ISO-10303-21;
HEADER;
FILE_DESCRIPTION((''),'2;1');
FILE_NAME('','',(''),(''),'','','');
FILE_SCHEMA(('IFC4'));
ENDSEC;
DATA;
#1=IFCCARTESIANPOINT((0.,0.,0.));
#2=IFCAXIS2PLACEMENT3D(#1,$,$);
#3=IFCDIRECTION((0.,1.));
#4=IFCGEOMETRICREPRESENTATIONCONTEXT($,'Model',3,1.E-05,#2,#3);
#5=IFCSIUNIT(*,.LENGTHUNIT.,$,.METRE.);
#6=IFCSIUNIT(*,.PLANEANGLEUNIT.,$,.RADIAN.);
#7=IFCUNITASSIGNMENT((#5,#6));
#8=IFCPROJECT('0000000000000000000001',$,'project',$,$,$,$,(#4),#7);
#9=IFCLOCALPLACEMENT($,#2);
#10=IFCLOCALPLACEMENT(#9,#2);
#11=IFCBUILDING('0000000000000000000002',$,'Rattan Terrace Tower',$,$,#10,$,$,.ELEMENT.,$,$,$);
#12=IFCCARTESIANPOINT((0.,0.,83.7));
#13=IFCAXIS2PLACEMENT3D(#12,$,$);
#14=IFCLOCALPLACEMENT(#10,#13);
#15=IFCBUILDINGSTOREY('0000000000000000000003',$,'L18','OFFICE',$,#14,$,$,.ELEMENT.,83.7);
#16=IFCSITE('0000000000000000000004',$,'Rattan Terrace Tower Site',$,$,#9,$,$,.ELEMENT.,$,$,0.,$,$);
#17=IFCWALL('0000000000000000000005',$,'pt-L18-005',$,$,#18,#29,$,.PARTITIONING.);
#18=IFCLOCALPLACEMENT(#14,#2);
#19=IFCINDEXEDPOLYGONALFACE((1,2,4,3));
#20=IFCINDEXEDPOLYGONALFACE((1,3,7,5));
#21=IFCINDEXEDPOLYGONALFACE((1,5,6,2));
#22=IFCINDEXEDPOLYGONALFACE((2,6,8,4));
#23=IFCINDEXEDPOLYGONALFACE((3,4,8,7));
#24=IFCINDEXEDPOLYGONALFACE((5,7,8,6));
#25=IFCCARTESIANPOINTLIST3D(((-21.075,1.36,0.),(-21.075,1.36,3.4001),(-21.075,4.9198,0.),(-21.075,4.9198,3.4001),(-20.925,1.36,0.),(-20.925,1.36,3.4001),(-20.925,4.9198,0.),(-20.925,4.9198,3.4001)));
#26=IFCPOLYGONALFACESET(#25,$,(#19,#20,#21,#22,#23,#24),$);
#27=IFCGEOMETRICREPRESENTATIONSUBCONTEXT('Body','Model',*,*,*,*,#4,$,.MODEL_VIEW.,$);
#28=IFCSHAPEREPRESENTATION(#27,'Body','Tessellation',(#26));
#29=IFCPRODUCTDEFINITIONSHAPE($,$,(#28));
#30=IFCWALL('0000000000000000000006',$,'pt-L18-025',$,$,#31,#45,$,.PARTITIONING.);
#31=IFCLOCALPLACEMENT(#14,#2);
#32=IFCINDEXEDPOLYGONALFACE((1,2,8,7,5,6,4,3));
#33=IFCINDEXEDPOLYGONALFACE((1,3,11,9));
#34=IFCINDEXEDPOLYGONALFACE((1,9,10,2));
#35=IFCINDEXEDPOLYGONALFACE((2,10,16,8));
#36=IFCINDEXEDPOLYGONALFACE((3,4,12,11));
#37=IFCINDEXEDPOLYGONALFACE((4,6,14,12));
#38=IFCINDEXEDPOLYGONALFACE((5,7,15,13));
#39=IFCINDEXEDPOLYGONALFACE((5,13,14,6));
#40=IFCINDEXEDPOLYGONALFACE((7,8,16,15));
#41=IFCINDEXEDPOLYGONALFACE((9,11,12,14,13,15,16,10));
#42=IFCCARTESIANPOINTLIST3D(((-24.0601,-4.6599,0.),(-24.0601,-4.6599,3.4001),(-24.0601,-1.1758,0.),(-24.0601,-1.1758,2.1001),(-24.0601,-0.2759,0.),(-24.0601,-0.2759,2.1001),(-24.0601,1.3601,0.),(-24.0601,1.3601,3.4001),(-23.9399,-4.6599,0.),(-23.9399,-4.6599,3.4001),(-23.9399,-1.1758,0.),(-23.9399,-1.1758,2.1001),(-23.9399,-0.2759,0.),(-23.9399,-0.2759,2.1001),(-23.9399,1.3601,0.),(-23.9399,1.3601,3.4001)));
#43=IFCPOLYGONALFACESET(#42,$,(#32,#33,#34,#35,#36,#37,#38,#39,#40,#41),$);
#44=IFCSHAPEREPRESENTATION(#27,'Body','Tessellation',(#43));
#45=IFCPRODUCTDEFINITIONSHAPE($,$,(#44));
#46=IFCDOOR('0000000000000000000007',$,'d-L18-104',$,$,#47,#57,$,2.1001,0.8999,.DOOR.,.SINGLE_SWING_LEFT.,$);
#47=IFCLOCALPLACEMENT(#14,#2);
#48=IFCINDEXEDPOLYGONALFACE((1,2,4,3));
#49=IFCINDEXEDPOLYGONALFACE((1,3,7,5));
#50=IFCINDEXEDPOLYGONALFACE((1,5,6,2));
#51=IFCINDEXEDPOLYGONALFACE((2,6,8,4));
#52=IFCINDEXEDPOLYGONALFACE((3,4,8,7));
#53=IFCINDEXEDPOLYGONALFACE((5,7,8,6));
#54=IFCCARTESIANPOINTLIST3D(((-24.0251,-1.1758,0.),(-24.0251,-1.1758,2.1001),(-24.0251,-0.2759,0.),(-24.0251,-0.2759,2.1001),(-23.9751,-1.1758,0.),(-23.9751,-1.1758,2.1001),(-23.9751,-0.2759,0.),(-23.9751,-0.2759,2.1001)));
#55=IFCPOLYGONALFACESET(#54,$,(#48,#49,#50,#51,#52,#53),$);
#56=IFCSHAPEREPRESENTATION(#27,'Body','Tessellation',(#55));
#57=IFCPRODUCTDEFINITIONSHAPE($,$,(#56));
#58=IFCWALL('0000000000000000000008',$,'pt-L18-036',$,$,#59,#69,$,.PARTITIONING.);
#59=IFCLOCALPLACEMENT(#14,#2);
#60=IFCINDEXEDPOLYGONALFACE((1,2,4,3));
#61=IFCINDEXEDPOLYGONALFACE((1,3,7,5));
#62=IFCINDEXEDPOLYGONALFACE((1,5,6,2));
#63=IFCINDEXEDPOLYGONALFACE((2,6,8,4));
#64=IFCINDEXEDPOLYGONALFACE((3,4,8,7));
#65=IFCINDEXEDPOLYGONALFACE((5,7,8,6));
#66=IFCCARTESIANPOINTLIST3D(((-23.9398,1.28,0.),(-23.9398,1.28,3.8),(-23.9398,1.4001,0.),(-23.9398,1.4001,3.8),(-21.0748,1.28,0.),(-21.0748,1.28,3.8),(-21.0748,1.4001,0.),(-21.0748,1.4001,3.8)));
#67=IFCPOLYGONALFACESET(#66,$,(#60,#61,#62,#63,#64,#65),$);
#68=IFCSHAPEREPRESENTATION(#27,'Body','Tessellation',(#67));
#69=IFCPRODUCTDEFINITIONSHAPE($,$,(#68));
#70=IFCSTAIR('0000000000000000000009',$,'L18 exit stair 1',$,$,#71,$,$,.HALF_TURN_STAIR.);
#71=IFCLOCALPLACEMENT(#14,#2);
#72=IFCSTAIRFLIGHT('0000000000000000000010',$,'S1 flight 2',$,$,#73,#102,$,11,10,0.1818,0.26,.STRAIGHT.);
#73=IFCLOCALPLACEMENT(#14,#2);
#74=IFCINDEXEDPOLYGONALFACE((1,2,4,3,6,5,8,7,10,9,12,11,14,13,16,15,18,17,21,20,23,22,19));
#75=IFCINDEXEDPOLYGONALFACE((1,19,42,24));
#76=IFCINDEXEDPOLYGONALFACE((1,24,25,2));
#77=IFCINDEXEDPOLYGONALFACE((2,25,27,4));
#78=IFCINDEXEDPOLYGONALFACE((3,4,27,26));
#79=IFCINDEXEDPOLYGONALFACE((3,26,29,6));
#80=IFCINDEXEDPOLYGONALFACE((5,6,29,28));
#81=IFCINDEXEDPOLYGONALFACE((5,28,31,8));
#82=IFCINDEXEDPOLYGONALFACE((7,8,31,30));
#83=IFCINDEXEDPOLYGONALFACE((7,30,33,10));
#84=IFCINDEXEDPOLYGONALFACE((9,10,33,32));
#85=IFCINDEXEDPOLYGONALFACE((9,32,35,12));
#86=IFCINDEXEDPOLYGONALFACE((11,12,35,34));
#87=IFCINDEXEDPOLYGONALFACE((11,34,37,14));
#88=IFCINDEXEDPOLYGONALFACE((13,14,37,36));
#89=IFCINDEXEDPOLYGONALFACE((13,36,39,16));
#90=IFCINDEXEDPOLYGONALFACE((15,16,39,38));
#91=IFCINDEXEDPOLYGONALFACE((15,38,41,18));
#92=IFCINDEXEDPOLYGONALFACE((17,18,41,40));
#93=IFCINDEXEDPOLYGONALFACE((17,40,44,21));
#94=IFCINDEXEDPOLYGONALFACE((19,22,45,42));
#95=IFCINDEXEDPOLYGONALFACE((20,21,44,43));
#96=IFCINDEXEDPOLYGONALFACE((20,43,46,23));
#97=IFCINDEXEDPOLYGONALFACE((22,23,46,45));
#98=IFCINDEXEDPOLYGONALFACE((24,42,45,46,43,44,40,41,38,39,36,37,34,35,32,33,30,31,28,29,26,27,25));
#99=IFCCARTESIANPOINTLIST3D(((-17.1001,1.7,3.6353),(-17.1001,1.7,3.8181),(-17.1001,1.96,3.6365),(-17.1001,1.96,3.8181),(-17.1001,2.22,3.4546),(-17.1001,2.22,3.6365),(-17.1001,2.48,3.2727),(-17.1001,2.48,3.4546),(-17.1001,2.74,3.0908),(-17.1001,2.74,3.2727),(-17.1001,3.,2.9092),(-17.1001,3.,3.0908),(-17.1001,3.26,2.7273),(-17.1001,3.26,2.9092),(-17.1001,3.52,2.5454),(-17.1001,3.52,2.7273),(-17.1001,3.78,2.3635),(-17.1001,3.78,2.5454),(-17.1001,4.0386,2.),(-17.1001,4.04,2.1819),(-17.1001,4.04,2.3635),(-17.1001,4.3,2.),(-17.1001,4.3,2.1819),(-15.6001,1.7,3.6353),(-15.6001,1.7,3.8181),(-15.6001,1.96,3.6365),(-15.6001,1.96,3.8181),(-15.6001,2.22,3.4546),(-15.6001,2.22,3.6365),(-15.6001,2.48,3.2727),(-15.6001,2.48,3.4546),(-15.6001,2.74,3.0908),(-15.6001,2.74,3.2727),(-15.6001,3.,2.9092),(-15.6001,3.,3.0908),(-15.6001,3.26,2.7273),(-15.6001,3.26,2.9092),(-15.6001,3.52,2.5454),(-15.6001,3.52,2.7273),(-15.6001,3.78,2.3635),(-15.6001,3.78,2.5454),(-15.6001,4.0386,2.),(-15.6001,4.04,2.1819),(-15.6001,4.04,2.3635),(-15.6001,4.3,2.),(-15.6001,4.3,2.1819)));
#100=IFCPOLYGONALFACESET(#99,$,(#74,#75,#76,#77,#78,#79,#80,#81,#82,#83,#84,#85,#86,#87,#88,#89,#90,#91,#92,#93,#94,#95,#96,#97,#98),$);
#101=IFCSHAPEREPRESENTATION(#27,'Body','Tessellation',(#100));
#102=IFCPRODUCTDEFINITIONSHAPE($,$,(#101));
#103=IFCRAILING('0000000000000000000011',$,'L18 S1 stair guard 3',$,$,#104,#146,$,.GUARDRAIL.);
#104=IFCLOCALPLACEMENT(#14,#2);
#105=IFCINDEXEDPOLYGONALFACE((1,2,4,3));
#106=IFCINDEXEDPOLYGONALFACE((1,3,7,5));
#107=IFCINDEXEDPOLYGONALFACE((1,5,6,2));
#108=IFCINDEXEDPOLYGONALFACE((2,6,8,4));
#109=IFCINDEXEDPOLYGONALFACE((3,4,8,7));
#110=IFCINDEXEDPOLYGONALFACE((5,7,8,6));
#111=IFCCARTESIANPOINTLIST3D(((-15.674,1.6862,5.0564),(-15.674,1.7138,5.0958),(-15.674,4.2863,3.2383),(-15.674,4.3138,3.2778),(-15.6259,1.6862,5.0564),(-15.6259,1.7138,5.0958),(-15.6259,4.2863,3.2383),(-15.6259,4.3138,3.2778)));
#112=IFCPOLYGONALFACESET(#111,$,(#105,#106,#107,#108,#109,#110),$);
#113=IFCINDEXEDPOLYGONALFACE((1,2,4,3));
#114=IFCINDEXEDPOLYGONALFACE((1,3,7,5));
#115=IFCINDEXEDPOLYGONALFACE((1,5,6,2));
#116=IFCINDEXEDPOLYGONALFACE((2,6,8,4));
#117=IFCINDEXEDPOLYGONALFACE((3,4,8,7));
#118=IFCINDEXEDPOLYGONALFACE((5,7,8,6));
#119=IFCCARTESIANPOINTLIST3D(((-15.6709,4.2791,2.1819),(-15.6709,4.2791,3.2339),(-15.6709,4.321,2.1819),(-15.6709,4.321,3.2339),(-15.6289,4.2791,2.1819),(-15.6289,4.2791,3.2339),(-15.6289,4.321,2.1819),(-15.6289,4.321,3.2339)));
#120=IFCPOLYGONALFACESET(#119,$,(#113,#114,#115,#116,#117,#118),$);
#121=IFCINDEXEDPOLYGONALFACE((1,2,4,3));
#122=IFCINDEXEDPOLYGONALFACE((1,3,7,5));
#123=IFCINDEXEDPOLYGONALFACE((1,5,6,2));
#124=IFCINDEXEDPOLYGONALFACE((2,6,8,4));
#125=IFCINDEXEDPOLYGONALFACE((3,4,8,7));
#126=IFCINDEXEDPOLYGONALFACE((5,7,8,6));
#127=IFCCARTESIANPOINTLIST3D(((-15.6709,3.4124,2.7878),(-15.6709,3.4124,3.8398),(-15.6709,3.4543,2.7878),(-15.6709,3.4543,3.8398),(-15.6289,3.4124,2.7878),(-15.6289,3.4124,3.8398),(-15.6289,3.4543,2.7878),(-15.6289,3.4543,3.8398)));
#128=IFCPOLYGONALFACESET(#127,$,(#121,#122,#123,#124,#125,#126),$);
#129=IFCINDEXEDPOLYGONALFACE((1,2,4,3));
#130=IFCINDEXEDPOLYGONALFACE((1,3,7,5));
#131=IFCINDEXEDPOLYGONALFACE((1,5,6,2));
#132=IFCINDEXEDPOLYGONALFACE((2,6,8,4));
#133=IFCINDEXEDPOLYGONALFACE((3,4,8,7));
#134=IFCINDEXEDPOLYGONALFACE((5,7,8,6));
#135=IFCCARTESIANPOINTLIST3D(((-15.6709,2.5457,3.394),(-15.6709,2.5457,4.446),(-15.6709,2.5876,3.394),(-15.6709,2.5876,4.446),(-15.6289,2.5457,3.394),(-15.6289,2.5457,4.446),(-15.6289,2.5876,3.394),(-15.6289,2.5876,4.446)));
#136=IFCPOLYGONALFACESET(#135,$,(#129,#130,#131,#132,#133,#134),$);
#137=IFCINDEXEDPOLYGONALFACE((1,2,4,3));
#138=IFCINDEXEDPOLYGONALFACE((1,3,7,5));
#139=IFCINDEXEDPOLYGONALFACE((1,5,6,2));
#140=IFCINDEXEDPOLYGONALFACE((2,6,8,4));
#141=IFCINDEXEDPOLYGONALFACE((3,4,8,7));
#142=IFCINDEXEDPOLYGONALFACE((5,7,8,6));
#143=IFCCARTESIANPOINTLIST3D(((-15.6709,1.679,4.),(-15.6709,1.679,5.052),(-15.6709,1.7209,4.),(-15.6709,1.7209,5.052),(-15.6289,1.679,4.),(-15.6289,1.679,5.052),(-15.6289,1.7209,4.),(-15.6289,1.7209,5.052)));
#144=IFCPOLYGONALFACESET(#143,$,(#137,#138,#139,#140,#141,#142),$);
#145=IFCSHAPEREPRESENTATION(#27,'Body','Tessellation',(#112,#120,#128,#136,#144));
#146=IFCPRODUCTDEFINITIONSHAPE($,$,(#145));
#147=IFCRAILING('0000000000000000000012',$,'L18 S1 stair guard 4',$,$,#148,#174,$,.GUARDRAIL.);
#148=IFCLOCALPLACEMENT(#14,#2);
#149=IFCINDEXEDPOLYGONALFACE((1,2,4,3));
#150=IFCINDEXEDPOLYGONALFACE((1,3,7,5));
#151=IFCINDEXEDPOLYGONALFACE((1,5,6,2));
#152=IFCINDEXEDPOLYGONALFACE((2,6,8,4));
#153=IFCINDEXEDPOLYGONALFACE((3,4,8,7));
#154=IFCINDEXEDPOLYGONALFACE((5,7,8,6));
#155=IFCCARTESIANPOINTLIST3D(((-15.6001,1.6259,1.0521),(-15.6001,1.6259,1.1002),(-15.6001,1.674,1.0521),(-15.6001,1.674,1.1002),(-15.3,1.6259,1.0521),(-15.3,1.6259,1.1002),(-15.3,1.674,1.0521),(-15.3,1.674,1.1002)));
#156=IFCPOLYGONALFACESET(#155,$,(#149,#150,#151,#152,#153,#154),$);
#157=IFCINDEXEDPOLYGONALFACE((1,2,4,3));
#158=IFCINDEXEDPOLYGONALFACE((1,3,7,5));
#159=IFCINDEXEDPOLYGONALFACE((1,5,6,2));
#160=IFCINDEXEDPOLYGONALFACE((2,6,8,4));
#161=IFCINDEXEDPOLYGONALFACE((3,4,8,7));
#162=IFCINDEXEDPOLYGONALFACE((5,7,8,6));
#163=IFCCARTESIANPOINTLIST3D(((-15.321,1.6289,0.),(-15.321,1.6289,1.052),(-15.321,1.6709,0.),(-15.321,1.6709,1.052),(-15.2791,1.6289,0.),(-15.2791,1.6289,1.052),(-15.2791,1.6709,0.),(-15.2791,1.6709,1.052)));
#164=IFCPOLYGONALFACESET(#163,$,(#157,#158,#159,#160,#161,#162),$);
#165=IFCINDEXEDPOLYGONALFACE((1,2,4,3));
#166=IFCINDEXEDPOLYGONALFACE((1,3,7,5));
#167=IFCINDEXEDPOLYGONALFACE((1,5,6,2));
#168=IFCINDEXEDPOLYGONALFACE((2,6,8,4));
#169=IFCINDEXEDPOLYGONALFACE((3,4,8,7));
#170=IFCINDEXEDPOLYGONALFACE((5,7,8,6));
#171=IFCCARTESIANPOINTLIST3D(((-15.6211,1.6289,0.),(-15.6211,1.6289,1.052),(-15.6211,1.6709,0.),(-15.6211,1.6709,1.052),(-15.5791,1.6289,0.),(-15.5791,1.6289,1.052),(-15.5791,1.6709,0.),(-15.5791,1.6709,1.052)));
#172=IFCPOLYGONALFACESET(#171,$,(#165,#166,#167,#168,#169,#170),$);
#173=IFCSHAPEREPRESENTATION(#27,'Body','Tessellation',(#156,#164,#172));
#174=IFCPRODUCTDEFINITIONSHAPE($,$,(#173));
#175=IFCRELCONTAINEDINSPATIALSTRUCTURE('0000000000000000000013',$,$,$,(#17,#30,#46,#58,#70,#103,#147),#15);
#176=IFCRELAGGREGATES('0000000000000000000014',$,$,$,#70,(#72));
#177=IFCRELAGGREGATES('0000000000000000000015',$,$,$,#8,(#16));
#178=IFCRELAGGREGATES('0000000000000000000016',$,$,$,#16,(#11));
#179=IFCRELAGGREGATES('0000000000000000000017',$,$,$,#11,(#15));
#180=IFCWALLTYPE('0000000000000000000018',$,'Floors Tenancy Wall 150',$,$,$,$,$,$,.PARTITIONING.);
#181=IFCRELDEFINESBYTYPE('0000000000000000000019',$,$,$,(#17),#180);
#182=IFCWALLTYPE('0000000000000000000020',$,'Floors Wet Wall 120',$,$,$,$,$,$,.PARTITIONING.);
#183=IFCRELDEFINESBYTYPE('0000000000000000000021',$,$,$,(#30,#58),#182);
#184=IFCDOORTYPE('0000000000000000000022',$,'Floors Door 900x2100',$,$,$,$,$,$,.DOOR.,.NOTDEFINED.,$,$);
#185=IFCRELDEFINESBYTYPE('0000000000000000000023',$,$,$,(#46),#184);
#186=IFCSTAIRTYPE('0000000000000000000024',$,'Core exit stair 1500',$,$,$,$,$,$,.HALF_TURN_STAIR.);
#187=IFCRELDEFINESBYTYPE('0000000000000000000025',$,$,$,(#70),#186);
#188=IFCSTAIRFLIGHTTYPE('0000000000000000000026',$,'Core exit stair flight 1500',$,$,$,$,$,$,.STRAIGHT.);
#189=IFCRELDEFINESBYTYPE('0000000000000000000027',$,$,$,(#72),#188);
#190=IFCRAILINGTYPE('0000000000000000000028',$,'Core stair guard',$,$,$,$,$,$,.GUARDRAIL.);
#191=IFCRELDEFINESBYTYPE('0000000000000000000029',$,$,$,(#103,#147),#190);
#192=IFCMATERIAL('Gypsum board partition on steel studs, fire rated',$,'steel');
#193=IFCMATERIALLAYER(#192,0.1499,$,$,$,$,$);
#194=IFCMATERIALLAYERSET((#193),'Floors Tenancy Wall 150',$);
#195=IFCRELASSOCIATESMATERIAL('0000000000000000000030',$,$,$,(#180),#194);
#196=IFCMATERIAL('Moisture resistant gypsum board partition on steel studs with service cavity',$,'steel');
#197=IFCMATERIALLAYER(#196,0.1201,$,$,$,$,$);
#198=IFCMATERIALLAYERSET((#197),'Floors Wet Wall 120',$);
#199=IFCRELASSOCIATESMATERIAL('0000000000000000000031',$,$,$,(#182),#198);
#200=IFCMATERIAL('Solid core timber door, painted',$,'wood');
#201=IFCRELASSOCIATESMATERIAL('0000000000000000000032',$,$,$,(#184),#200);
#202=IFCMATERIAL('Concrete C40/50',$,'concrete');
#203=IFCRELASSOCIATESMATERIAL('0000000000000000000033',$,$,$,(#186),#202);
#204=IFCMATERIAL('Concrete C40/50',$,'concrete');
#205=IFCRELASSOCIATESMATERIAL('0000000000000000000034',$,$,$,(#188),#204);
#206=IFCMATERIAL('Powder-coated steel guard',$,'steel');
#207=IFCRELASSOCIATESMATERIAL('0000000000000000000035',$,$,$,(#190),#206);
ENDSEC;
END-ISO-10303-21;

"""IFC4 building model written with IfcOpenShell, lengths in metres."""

from ifc_helpers import new_model, si_unit, direction, frame, frame_2d, origin, origin_2d, place, context, subcontext, project, spatial, polyline, rectangle, outline, extrude, material, layer, layer_set, type_object, element, fill, aggregate, save


model = new_model("IFC4")

# Units and contexts
model_context = context("Model", 3, precision=1e-05, world=origin(), true_north=direction((0.0, 1.0)))
body_context = subcontext(model_context, "Body", "Model", "MODEL_VIEW")
ifc_project = project(units=[si_unit("LENGTHUNIT", "METRE"), si_unit("PLANEANGLEUNIT", "RADIAN")], contexts=[model_context])

# Site, building, storey
site_placement = place(None, origin())
site = spatial("IfcSite", under=ifc_project, at=site_placement, Name="Rattan Terrace Tower Site", CompositionType="ELEMENT", RefElevation=0.0)
building_placement = place(site_placement, origin())
building = spatial("IfcBuilding", under=site, at=building_placement, Name="Rattan Terrace Tower", CompositionType="ELEMENT")
storey_placement = place(building_placement, frame((0.0, 0.0, 83.7)))
storey = spatial("IfcBuildingStorey", under=building, at=storey_placement, Name="L18", Description="OFFICE", CompositionType="ELEMENT", Elevation=83.7)

# Wall
ifc_material_1 = material(Name="Gypsum board partition on steel studs, fire rated", Category="steel")
ifc_layer_1 = layer(ifc_material_1, 0.1499)
ifc_layer_set_1 = layer_set([ifc_layer_1], Name="Floors Tenancy Wall 150")
wall_type_1 = type_object("IfcWallType", Name="Floors Tenancy Wall 150", PredefinedType="PARTITIONING", material=ifc_layer_set_1)
wall_1_placement = place(storey_placement, frame((-21.0, 1.3601, 0.0), z_axis=(0.0, 0.0, 1.0), x_axis=(0.0, 1.0, 0.0)))
element("IfcWall", 1, at=wall_1_placement, inside=storey, type_object=wall_type_1, Name="pt-L18-005", PredefinedType="PARTITIONING", context=body_context, shape_type="SweptSolid", body=[
    extrude(rectangle(XDim=3.5598, YDim=0.1499, at=frame_2d((1.7798, 0.0))), origin(), (0.0, 0.0, 1.0), 3.4001),
])

# Wall, opening, door
ifc_material_2 = material(Name="Moisture resistant gypsum board partition on steel studs with service cavity", Category="steel")
ifc_layer_2 = layer(ifc_material_2, 0.1201)
ifc_layer_set_2 = layer_set([ifc_layer_2], Name="Floors Wet Wall 120")
wall_type_2 = type_object("IfcWallType", Name="Floors Wet Wall 120", PredefinedType="PARTITIONING", material=ifc_layer_set_2)
wall_2_placement = place(storey_placement, frame((-24.0, 1.3601, 0.0), z_axis=(0.0, 0.0, 1.0), x_axis=(0.0, -1.0, 0.0)))
wall_2 = element("IfcWall", 2, at=wall_2_placement, inside=storey, type_object=wall_type_2, Name="pt-L18-025", PredefinedType="PARTITIONING", context=body_context, shape_type="SweptSolid", body=[
    extrude(rectangle(XDim=6.02, YDim=0.1201, at=frame_2d((3.01, 0.0))), origin(), (0.0, 0.0, 1.0), 3.4001),
])
opening_1_placement = place(wall_2_placement, frame((1.636, 0.0, 0.0)))
opening_1 = element("IfcOpeningElement", 3, at=opening_1_placement, cuts=wall_2, PredefinedType="OPENING", context=body_context, shape_type="SweptSolid", body=[
    extrude(rectangle(XDim=0.8999, YDim=2.1001, at=frame_2d((0.45, 1.05))), frame((0.0, 0.0706, 0.0), z_axis=(0.0, -1.0, 0.0), x_axis=(1.0, 0.0, 0.0)), (0.0, 0.0, 1.0), 0.1411),
])
ifc_material_3 = material(Name="Solid core timber door, painted", Category="wood")
door_type_1 = type_object("IfcDoorType", Name="Floors Door 900x2100", OperationType="NOTDEFINED", PredefinedType="DOOR", material=ifc_material_3)
door_1_placement = place(opening_1_placement, origin())
door_1 = element("IfcDoor", 4, at=door_1_placement, inside=storey, type_object=door_type_1, Name="d-L18-104", OperationType="SINGLE_SWING_LEFT", OverallHeight=2.1001, OverallWidth=0.8999, PredefinedType="DOOR", context=body_context, shape_type="SweptSolid", body=[
    extrude(rectangle(XDim=0.8999, YDim=2.1001, at=frame_2d((0.45, 1.05))), frame((0.0, 0.0249, 0.0), z_axis=(0.0, -1.0, 0.0), x_axis=(1.0, 0.0, 0.0)), (0.0, 0.0, 1.0), 0.05),
])
fill(opening_1, door_1)

# Wall
wall_3_placement = place(storey_placement, frame((-23.9399, 1.3401, 0.0), z_axis=(0.0, 0.0, 1.0), x_axis=(1.0, 0.0, 0.0)))
element("IfcWall", 5, at=wall_3_placement, inside=storey, type_object=wall_type_2, Name="pt-L18-036", PredefinedType="PARTITIONING", context=body_context, shape_type="SweptSolid", body=[
    extrude(rectangle(XDim=2.865, YDim=0.1201, at=frame_2d((1.4326, 0.0))), origin(), (0.0, 0.0, 1.0), 3.8),
])

# Stair, stair flight
ifc_material_4 = material(Name="Concrete C40/50", Category="concrete")
stair_type = type_object("IfcStairType", Name="Core exit stair 1500", PredefinedType="HALF_TURN_STAIR", material=ifc_material_4)
stair_placement = place(storey_placement, origin())
stair = element("IfcStair", 6, at=stair_placement, inside=storey, type_object=stair_type, Name="L18 exit stair 1", PredefinedType="HALF_TURN_STAIR")
ifc_material_5 = material(Name="Concrete C40/50", Category="concrete")
stair_flight_type = type_object("IfcStairFlightType", Name="Core exit stair flight 1500", PredefinedType="STRAIGHT", material=ifc_material_5)
stair_flight_placement = place(storey_placement, frame((-16.3501, 4.3, 2.0), z_axis=(0.0, 0.0, 1.0), x_axis=(0.0, -1.0, 0.0)))
stair_flight = element("IfcStairFlight", 7, at=stair_flight_placement, type_object=stair_flight_type, Name="S1 flight 2", NumberOfRisers=11, NumberOfTreads=10, PredefinedType="STRAIGHT", RiserHeight=0.1818, TreadLength=0.26, context=body_context, shape_type="SweptSolid", body=[
    extrude(outline(polyline([(0.0, 0.0), (0.0, 0.1819), (0.26, 0.1819), (0.26, 0.3635), (0.52, 0.3635), (0.52, 0.5454), (0.78, 0.5454), (0.78, 0.7273), (1.04, 0.7273), (1.04, 0.9092), (1.3, 0.9092), (1.3, 1.0908), (1.5601, 1.0908), (1.5601, 1.2727), (1.8201, 1.2727), (1.8201, 1.4546), (2.0801, 1.4546), (2.0801, 1.6365), (2.3401, 1.6365), (2.3401, 1.8181), (2.6001, 1.8181), (2.6001, 2.0), (2.6001, 1.6353), (0.2615, 0.0), (0.0, 0.0)])), frame((0.0, 0.75, 0.0), z_axis=(0.0, -1.0, 0.0), x_axis=(1.0, 0.0, 0.0)), (0.0, 0.0, 1.0), 1.5),
])
aggregate(stair, [stair_flight])

# Railings
ifc_material_6 = material(Name="Powder-coated steel guard", Category="steel")
railing_type_1 = type_object("IfcRailingType", Name="Core stair guard", PredefinedType="GUARDRAIL", material=ifc_material_6)
railing_1_placement = place(storey_placement, frame((-15.6499, 4.3, 2.1819)))
element("IfcRailing", 8, at=railing_1_placement, inside=storey, type_object=railing_type_1, Name="L18 S1 stair guard 3", PredefinedType="GUARDRAIL", context=body_context, shape_type="SweptSolid", body=[
    extrude(rectangle(XDim=0.0481, YDim=0.0481, at=origin_2d()), frame((0.0, 0.0, 1.0762), z_axis=(0.0, -0.819521, 0.573049), x_axis=(1.0, 0.0, 0.0)), (0.0, 0.0, 1.0), 3.1726),
    extrude(rectangle(XDim=0.042, YDim=0.042, at=origin_2d()), origin(), (0.0, 0.0, 1.0), 1.052),
    extrude(rectangle(XDim=0.042, YDim=0.042, at=origin_2d()), frame((0.0, -0.8667, 0.606)), (0.0, 0.0, 1.0), 1.052),
    extrude(rectangle(XDim=0.042, YDim=0.042, at=origin_2d()), frame((0.0, -1.7334, 1.2122)), (0.0, 0.0, 1.0), 1.052),
    extrude(rectangle(XDim=0.042, YDim=0.042, at=origin_2d()), frame((0.0, -2.6001, 1.8181)), (0.0, 0.0, 1.0), 1.052),
])
railing_2_placement = place(storey_placement, frame((-15.3, 1.6499, 0.0)))
element("IfcRailing", 9, at=railing_2_placement, inside=storey, type_object=railing_type_1, Name="L18 S1 stair guard 4", PredefinedType="GUARDRAIL", context=body_context, shape_type="SweptSolid", body=[
    extrude(rectangle(XDim=0.0481, YDim=0.0481, at=origin_2d()), frame((0.0, 0.0, 1.0762), z_axis=(-1.0, 0.0, 0.0), x_axis=(0.0, -1.0, 0.0)), (0.0, 0.0, 1.0), 0.3),
    extrude(rectangle(XDim=0.042, YDim=0.042, at=origin_2d()), origin(), (0.0, 0.0, 1.0), 1.052),
    extrude(rectangle(XDim=0.042, YDim=0.042, at=origin_2d()), frame((-0.3, 0.0, 0.0)), (0.0, 0.0, 1.0), 1.052),
])

save(model, "model.ifc")
